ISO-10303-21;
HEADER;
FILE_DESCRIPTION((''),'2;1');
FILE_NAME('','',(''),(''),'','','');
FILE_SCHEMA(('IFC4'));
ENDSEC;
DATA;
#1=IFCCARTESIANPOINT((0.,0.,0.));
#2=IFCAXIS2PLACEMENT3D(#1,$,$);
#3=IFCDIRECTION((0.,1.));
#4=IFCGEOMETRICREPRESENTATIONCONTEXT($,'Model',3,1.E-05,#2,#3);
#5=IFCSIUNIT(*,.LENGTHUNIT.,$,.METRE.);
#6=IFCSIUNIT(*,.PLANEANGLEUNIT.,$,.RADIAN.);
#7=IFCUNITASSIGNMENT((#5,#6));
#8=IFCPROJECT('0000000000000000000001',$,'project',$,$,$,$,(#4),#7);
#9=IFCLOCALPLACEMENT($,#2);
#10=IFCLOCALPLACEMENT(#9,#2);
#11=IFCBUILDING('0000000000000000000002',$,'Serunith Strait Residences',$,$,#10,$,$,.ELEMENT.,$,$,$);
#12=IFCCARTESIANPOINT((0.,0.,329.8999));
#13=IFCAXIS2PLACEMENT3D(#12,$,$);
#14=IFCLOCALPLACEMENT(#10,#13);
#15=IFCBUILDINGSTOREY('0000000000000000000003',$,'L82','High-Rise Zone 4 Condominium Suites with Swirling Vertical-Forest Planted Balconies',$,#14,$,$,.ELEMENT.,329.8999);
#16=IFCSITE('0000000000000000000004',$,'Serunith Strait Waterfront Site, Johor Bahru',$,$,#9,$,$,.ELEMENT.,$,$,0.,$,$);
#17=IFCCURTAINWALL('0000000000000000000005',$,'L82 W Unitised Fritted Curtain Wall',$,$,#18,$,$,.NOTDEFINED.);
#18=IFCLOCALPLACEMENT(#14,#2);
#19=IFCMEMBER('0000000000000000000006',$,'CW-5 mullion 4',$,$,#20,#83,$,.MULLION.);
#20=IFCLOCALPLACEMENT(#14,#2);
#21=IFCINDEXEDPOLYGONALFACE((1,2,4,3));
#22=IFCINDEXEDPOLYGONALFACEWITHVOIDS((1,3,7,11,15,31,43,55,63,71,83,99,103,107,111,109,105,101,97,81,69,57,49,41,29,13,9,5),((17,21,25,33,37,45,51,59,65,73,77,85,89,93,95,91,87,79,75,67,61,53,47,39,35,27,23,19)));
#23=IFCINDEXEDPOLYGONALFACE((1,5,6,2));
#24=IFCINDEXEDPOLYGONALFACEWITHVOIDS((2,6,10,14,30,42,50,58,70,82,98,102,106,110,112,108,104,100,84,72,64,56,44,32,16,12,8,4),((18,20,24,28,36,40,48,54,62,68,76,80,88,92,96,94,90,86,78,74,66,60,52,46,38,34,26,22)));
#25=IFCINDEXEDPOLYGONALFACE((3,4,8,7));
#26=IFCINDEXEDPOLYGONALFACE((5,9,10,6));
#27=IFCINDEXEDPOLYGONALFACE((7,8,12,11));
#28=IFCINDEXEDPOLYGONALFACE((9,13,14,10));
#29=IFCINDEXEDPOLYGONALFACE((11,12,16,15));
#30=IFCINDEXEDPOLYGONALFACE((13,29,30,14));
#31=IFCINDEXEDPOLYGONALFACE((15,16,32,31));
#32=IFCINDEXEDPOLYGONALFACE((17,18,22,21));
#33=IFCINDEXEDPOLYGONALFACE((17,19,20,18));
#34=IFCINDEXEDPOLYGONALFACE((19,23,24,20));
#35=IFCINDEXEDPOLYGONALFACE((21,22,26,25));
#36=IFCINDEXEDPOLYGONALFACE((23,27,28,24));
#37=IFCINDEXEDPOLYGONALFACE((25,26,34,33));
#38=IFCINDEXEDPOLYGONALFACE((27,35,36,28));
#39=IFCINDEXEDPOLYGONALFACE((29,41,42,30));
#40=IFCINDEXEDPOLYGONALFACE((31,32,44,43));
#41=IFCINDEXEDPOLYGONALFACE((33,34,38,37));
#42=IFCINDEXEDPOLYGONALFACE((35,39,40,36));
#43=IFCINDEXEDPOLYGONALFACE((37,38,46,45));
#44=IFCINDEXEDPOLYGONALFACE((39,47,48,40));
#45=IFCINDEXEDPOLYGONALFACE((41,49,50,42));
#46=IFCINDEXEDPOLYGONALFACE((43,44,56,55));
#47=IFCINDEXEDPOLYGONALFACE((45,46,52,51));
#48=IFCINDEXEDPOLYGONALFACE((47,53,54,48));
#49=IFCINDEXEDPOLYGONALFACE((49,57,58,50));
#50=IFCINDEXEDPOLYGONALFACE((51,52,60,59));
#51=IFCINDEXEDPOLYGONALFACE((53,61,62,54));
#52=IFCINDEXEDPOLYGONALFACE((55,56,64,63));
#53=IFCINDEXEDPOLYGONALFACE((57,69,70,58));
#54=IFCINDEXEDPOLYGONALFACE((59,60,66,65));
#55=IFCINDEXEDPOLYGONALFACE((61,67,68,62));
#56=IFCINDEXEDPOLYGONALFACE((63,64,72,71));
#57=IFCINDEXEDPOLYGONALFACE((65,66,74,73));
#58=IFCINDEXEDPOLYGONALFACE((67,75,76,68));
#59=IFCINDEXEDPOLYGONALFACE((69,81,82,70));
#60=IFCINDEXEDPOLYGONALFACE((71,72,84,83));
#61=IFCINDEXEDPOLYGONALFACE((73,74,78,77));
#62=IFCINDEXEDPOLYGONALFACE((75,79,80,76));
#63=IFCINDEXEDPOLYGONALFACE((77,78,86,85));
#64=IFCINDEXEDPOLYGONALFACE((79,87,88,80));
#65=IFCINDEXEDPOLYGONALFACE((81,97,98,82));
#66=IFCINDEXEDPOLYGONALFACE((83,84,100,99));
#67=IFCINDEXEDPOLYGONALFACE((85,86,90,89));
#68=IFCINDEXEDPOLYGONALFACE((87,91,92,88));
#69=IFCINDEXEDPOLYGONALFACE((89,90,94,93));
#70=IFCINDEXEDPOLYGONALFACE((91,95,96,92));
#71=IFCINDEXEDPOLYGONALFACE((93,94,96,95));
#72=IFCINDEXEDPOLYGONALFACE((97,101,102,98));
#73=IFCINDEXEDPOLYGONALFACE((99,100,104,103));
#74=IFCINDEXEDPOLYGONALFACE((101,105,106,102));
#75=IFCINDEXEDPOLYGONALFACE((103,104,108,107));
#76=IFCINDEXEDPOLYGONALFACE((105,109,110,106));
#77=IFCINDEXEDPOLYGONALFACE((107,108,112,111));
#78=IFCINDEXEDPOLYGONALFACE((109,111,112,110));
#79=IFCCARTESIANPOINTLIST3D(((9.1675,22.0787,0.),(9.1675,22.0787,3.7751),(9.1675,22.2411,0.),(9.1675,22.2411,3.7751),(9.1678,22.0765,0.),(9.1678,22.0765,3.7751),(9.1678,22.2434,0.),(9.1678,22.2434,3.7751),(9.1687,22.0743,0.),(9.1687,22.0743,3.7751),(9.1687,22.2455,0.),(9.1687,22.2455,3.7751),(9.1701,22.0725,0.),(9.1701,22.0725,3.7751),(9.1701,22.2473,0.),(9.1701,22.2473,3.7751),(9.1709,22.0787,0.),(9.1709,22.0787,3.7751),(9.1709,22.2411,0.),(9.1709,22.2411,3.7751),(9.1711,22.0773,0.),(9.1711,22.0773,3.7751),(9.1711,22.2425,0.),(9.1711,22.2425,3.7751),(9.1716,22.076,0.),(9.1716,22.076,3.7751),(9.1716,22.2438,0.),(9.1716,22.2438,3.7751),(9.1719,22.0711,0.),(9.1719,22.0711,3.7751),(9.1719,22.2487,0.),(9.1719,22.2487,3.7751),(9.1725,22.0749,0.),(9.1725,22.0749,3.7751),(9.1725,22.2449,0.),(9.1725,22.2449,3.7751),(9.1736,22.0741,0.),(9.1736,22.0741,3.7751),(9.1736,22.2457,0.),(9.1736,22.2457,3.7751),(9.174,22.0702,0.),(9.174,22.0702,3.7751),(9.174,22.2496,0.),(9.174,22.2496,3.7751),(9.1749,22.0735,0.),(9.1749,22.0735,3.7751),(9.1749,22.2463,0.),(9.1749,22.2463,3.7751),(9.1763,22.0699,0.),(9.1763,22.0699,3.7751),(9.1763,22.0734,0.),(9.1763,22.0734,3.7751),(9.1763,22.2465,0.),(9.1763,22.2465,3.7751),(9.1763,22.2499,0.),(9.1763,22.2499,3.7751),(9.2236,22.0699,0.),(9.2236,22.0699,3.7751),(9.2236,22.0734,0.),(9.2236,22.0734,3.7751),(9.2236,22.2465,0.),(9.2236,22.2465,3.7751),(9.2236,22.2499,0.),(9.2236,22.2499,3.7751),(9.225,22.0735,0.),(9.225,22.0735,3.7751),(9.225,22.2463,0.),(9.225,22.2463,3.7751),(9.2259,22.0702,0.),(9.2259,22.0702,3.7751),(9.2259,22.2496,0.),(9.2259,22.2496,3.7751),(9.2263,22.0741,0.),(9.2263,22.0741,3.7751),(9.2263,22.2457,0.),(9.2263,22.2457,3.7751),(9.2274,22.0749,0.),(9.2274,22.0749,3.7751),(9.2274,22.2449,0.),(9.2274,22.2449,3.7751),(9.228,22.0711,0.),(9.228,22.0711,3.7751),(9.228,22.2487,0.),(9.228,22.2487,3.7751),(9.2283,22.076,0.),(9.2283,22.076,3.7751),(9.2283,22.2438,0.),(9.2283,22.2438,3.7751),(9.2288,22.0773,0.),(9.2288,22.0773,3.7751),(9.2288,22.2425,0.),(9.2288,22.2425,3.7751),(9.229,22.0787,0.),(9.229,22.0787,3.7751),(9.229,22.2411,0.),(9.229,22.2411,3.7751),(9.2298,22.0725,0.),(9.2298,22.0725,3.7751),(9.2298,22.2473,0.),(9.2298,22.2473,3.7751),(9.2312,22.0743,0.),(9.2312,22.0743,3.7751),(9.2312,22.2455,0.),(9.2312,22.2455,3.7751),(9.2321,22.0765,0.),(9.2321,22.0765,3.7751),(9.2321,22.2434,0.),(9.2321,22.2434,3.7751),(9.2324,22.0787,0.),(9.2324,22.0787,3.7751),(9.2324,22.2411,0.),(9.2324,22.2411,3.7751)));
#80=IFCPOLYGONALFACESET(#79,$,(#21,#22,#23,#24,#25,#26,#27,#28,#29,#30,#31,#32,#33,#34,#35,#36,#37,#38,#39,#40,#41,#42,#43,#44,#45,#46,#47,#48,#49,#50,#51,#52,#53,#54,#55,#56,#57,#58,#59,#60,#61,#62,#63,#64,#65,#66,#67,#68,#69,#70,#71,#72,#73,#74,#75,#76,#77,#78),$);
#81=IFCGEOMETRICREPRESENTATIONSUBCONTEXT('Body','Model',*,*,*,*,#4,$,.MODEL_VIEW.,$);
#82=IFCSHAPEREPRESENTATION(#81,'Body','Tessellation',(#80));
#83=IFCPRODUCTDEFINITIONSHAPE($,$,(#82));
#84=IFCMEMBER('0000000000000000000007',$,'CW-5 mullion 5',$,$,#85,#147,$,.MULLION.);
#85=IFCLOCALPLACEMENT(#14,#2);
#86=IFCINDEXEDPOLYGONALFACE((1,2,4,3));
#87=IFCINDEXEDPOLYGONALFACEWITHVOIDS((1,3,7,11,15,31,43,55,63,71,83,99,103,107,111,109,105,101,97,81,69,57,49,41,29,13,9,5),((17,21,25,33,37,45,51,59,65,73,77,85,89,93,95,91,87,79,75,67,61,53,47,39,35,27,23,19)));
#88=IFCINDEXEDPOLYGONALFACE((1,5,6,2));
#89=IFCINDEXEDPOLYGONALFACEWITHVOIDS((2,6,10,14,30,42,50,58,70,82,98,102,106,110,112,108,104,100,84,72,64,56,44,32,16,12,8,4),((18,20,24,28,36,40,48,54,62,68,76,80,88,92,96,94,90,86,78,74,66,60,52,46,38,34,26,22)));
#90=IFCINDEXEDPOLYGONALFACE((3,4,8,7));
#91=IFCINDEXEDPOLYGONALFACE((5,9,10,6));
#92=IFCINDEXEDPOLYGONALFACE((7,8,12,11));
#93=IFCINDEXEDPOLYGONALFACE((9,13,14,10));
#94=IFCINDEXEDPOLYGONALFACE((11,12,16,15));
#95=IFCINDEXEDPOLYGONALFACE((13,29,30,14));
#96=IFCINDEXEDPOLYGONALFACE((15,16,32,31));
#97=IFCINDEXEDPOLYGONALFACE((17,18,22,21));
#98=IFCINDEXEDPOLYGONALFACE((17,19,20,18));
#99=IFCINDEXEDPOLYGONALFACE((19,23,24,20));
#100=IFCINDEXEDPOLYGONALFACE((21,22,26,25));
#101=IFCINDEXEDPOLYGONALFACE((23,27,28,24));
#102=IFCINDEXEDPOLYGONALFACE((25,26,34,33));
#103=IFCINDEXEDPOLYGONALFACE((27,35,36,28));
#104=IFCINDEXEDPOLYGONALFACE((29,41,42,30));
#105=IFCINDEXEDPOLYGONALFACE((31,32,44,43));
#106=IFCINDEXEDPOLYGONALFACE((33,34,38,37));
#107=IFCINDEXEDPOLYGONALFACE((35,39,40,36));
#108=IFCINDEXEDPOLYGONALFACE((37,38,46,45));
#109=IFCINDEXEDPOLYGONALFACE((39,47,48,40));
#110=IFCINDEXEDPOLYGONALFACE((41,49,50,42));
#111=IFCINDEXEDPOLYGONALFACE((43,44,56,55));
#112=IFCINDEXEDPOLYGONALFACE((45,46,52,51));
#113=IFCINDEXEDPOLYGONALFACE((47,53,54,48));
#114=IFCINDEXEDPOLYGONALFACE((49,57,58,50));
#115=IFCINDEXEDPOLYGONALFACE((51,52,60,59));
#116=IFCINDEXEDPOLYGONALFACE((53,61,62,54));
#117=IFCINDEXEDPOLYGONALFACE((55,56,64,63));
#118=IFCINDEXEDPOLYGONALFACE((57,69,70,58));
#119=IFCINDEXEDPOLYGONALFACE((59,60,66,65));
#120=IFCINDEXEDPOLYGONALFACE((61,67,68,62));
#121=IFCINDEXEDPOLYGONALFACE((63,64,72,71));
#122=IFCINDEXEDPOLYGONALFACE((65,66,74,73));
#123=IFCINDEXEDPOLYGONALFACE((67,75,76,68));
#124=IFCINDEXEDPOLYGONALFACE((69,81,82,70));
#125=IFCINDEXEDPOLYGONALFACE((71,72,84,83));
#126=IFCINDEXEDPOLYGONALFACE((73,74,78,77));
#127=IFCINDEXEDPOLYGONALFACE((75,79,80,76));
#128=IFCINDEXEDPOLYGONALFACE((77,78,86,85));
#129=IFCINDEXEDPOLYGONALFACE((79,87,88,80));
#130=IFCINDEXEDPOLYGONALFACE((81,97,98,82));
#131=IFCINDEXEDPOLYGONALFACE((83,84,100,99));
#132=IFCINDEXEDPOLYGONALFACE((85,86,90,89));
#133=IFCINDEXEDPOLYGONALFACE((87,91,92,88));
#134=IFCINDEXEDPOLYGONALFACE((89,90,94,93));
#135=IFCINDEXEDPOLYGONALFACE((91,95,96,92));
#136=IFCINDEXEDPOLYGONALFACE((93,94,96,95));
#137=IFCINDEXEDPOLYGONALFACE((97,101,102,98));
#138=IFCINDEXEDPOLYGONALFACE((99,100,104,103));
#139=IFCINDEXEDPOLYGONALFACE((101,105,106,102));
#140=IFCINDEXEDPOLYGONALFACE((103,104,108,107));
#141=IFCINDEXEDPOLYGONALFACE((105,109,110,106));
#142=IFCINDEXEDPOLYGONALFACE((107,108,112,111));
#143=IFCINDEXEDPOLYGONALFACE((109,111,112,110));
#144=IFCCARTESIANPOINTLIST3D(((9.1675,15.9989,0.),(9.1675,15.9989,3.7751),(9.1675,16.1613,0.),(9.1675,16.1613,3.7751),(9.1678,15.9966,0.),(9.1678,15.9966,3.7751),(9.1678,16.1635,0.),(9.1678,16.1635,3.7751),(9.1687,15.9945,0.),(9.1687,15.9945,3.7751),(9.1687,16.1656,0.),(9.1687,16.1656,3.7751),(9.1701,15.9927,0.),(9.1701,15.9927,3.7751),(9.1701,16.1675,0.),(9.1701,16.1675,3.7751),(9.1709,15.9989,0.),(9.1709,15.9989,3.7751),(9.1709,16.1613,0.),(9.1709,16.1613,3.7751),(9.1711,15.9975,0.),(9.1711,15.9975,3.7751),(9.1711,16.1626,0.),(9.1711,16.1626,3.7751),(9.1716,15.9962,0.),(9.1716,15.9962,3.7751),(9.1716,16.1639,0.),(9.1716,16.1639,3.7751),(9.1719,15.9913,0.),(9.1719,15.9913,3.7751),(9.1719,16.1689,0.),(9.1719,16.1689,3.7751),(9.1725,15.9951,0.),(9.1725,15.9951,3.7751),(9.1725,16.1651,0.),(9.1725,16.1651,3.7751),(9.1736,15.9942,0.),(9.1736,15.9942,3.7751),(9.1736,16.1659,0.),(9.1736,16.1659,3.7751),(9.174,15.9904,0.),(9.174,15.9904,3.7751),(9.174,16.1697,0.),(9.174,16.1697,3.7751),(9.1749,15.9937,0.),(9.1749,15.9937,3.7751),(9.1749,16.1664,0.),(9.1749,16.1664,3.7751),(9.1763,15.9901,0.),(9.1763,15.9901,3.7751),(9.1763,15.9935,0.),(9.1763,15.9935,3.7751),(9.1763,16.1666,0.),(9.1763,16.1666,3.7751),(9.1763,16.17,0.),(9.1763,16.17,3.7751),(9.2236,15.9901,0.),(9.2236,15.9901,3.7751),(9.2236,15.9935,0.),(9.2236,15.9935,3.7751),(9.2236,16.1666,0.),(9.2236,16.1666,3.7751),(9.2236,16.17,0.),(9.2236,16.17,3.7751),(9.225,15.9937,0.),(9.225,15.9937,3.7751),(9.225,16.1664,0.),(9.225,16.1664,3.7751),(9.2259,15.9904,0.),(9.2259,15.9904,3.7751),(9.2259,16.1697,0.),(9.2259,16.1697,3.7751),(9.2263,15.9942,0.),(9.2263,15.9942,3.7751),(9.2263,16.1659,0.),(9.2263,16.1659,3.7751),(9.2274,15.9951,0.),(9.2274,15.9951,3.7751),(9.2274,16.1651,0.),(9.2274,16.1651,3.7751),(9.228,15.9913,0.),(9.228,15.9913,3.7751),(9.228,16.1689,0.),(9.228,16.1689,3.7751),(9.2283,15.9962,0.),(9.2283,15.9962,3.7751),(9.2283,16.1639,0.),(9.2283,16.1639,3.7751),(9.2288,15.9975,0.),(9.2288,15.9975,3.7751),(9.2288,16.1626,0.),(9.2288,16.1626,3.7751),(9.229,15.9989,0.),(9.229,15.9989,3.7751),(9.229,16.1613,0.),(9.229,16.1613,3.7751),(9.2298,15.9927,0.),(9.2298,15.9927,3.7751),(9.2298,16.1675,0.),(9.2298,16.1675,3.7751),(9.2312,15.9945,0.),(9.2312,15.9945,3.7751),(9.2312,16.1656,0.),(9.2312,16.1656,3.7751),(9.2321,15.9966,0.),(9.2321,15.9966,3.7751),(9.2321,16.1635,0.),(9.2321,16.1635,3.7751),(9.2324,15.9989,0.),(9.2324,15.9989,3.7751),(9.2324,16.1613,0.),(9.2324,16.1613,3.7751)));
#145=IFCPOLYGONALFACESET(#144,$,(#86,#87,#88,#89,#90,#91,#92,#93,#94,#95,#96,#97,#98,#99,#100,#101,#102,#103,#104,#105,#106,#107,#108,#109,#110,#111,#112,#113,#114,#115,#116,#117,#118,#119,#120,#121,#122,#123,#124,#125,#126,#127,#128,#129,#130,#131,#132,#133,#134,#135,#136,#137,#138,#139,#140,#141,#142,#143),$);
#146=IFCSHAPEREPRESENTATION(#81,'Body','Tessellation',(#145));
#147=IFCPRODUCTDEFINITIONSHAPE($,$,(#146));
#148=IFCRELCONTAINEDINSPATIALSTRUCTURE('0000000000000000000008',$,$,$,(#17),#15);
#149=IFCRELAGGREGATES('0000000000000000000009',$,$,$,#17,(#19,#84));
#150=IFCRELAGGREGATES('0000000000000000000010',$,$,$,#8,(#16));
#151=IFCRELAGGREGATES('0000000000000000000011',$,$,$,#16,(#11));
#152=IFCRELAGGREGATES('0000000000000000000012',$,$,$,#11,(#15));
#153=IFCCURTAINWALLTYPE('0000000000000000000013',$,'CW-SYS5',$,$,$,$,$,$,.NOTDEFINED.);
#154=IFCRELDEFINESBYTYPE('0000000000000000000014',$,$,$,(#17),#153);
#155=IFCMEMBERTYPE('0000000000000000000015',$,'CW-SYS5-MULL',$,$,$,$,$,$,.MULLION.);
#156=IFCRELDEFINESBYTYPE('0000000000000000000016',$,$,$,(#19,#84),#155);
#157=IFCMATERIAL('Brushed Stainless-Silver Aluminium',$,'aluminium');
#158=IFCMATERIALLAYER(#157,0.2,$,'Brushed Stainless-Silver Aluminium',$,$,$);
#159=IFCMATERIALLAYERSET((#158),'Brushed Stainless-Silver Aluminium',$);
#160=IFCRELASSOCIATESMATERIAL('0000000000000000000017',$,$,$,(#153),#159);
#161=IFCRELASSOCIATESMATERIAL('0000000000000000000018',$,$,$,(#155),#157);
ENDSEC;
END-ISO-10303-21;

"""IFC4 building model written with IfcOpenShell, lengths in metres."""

from ifc_helpers import new_model, si_unit, direction, frame, origin, origin_2d, place, context, subcontext, project, spatial, hollow_rectangle, extrude, source, transform, mapped, material, layer, layer_set, material_profile, profile_set, type_object, element, aggregate, save


model = new_model("IFC4")

# Units and contexts
model_context = context("Model", 3, precision=1e-05, world=origin(), true_north=direction((0.0, 1.0)))
body_context = subcontext(model_context, "Body", "Model", "MODEL_VIEW")
ifc_project = project(units=[si_unit("LENGTHUNIT", "METRE"), si_unit("PLANEANGLEUNIT", "RADIAN")], contexts=[model_context])

# Site, building, storey
site_placement = place(None, origin())
site = spatial("IfcSite", under=ifc_project, at=site_placement, Name="Serunith Strait Waterfront Site, Johor Bahru", CompositionType="ELEMENT", RefElevation=0.0)
building_placement = place(site_placement, origin())
building = spatial("IfcBuilding", under=site, at=building_placement, Name="Serunith Strait Residences", CompositionType="ELEMENT")
storey_placement = place(building_placement, frame((0.0, 0.0, 329.8999)))
storey = spatial("IfcBuildingStorey", under=building, at=storey_placement, Name="L82", Description="High-Rise Zone 4 Condominium Suites with Swirling Vertical-Forest Planted Balconies", CompositionType="ELEMENT", Elevation=329.8999)

# Curtain wall, members
ifc_material_1 = material(Name="Brushed Stainless-Silver Aluminium", Category="aluminium")
ifc_layer_1 = layer(ifc_material_1, 0.2, Name="Brushed Stainless-Silver Aluminium")
ifc_layer_set_1 = layer_set([ifc_layer_1], Name="Brushed Stainless-Silver Aluminium")
curtain_wall_type = type_object("IfcCurtainWallType", Name="CW-SYS5", PredefinedType="NOTDEFINED", material=ifc_layer_set_1)
curtain_wall_placement = place(storey_placement, origin())
curtain_wall = element("IfcCurtainWall", 1, at=curtain_wall_placement, inside=storey, type_object=curtain_wall_type, Name="L82 W Unitised Fritted Curtain Wall", PredefinedType="NOTDEFINED")
ifc_material_profile_1 = material_profile(ifc_material_1, hollow_rectangle(XDim=0.0649, YDim=0.1799, WallThickness=0.0034, InnerFilletRadius=0.0054, OuterFilletRadius=0.0088, at=origin_2d()), Name="ALU 180x65x3.5")
ifc_profile_set_1 = profile_set([ifc_material_profile_1], Name="Brushed Stainless-Silver Aluminium")
member_type_1 = type_object("IfcMemberType", Name="CW-SYS5-MULL", PredefinedType="MULLION", material=ifc_profile_set_1)
shared_shape_1 = source(origin(), body_context, "Body", "SweptSolid", [
    extrude(hollow_rectangle(XDim=0.0649, YDim=0.1799, WallThickness=0.0034, InnerFilletRadius=0.0054, OuterFilletRadius=0.0088, at=origin_2d()), origin(), (0.0, 0.0, 1.0), 3.7751),
])
member_1_placement = place(storey_placement, frame((9.2, 22.1599, 0.0), z_axis=(0.0, 0.0, 1.0), x_axis=(1.0, 0.0, 0.0)))
member_1 = element("IfcMember", 2, at=member_1_placement, type_object=member_type_1, Name="CW-5 mullion 4", PredefinedType="MULLION", context=body_context, shape_type="MappedRepresentation", body=[
    mapped(shared_shape_1, transform((0.0, 0.0, 0.0), scale=1.0)),
])
member_2_placement = place(storey_placement, frame((9.2, 16.0801, 0.0), z_axis=(0.0, 0.0, 1.0), x_axis=(1.0, 0.0, 0.0)))
member_2 = element("IfcMember", 3, at=member_2_placement, type_object=member_type_1, Name="CW-5 mullion 5", PredefinedType="MULLION", context=body_context, shape_type="MappedRepresentation", body=[
    mapped(shared_shape_1, transform((0.0, 0.0, 0.0), scale=1.0)),
])
aggregate(curtain_wall, [member_1, member_2])

save(model, "model.ifc")
